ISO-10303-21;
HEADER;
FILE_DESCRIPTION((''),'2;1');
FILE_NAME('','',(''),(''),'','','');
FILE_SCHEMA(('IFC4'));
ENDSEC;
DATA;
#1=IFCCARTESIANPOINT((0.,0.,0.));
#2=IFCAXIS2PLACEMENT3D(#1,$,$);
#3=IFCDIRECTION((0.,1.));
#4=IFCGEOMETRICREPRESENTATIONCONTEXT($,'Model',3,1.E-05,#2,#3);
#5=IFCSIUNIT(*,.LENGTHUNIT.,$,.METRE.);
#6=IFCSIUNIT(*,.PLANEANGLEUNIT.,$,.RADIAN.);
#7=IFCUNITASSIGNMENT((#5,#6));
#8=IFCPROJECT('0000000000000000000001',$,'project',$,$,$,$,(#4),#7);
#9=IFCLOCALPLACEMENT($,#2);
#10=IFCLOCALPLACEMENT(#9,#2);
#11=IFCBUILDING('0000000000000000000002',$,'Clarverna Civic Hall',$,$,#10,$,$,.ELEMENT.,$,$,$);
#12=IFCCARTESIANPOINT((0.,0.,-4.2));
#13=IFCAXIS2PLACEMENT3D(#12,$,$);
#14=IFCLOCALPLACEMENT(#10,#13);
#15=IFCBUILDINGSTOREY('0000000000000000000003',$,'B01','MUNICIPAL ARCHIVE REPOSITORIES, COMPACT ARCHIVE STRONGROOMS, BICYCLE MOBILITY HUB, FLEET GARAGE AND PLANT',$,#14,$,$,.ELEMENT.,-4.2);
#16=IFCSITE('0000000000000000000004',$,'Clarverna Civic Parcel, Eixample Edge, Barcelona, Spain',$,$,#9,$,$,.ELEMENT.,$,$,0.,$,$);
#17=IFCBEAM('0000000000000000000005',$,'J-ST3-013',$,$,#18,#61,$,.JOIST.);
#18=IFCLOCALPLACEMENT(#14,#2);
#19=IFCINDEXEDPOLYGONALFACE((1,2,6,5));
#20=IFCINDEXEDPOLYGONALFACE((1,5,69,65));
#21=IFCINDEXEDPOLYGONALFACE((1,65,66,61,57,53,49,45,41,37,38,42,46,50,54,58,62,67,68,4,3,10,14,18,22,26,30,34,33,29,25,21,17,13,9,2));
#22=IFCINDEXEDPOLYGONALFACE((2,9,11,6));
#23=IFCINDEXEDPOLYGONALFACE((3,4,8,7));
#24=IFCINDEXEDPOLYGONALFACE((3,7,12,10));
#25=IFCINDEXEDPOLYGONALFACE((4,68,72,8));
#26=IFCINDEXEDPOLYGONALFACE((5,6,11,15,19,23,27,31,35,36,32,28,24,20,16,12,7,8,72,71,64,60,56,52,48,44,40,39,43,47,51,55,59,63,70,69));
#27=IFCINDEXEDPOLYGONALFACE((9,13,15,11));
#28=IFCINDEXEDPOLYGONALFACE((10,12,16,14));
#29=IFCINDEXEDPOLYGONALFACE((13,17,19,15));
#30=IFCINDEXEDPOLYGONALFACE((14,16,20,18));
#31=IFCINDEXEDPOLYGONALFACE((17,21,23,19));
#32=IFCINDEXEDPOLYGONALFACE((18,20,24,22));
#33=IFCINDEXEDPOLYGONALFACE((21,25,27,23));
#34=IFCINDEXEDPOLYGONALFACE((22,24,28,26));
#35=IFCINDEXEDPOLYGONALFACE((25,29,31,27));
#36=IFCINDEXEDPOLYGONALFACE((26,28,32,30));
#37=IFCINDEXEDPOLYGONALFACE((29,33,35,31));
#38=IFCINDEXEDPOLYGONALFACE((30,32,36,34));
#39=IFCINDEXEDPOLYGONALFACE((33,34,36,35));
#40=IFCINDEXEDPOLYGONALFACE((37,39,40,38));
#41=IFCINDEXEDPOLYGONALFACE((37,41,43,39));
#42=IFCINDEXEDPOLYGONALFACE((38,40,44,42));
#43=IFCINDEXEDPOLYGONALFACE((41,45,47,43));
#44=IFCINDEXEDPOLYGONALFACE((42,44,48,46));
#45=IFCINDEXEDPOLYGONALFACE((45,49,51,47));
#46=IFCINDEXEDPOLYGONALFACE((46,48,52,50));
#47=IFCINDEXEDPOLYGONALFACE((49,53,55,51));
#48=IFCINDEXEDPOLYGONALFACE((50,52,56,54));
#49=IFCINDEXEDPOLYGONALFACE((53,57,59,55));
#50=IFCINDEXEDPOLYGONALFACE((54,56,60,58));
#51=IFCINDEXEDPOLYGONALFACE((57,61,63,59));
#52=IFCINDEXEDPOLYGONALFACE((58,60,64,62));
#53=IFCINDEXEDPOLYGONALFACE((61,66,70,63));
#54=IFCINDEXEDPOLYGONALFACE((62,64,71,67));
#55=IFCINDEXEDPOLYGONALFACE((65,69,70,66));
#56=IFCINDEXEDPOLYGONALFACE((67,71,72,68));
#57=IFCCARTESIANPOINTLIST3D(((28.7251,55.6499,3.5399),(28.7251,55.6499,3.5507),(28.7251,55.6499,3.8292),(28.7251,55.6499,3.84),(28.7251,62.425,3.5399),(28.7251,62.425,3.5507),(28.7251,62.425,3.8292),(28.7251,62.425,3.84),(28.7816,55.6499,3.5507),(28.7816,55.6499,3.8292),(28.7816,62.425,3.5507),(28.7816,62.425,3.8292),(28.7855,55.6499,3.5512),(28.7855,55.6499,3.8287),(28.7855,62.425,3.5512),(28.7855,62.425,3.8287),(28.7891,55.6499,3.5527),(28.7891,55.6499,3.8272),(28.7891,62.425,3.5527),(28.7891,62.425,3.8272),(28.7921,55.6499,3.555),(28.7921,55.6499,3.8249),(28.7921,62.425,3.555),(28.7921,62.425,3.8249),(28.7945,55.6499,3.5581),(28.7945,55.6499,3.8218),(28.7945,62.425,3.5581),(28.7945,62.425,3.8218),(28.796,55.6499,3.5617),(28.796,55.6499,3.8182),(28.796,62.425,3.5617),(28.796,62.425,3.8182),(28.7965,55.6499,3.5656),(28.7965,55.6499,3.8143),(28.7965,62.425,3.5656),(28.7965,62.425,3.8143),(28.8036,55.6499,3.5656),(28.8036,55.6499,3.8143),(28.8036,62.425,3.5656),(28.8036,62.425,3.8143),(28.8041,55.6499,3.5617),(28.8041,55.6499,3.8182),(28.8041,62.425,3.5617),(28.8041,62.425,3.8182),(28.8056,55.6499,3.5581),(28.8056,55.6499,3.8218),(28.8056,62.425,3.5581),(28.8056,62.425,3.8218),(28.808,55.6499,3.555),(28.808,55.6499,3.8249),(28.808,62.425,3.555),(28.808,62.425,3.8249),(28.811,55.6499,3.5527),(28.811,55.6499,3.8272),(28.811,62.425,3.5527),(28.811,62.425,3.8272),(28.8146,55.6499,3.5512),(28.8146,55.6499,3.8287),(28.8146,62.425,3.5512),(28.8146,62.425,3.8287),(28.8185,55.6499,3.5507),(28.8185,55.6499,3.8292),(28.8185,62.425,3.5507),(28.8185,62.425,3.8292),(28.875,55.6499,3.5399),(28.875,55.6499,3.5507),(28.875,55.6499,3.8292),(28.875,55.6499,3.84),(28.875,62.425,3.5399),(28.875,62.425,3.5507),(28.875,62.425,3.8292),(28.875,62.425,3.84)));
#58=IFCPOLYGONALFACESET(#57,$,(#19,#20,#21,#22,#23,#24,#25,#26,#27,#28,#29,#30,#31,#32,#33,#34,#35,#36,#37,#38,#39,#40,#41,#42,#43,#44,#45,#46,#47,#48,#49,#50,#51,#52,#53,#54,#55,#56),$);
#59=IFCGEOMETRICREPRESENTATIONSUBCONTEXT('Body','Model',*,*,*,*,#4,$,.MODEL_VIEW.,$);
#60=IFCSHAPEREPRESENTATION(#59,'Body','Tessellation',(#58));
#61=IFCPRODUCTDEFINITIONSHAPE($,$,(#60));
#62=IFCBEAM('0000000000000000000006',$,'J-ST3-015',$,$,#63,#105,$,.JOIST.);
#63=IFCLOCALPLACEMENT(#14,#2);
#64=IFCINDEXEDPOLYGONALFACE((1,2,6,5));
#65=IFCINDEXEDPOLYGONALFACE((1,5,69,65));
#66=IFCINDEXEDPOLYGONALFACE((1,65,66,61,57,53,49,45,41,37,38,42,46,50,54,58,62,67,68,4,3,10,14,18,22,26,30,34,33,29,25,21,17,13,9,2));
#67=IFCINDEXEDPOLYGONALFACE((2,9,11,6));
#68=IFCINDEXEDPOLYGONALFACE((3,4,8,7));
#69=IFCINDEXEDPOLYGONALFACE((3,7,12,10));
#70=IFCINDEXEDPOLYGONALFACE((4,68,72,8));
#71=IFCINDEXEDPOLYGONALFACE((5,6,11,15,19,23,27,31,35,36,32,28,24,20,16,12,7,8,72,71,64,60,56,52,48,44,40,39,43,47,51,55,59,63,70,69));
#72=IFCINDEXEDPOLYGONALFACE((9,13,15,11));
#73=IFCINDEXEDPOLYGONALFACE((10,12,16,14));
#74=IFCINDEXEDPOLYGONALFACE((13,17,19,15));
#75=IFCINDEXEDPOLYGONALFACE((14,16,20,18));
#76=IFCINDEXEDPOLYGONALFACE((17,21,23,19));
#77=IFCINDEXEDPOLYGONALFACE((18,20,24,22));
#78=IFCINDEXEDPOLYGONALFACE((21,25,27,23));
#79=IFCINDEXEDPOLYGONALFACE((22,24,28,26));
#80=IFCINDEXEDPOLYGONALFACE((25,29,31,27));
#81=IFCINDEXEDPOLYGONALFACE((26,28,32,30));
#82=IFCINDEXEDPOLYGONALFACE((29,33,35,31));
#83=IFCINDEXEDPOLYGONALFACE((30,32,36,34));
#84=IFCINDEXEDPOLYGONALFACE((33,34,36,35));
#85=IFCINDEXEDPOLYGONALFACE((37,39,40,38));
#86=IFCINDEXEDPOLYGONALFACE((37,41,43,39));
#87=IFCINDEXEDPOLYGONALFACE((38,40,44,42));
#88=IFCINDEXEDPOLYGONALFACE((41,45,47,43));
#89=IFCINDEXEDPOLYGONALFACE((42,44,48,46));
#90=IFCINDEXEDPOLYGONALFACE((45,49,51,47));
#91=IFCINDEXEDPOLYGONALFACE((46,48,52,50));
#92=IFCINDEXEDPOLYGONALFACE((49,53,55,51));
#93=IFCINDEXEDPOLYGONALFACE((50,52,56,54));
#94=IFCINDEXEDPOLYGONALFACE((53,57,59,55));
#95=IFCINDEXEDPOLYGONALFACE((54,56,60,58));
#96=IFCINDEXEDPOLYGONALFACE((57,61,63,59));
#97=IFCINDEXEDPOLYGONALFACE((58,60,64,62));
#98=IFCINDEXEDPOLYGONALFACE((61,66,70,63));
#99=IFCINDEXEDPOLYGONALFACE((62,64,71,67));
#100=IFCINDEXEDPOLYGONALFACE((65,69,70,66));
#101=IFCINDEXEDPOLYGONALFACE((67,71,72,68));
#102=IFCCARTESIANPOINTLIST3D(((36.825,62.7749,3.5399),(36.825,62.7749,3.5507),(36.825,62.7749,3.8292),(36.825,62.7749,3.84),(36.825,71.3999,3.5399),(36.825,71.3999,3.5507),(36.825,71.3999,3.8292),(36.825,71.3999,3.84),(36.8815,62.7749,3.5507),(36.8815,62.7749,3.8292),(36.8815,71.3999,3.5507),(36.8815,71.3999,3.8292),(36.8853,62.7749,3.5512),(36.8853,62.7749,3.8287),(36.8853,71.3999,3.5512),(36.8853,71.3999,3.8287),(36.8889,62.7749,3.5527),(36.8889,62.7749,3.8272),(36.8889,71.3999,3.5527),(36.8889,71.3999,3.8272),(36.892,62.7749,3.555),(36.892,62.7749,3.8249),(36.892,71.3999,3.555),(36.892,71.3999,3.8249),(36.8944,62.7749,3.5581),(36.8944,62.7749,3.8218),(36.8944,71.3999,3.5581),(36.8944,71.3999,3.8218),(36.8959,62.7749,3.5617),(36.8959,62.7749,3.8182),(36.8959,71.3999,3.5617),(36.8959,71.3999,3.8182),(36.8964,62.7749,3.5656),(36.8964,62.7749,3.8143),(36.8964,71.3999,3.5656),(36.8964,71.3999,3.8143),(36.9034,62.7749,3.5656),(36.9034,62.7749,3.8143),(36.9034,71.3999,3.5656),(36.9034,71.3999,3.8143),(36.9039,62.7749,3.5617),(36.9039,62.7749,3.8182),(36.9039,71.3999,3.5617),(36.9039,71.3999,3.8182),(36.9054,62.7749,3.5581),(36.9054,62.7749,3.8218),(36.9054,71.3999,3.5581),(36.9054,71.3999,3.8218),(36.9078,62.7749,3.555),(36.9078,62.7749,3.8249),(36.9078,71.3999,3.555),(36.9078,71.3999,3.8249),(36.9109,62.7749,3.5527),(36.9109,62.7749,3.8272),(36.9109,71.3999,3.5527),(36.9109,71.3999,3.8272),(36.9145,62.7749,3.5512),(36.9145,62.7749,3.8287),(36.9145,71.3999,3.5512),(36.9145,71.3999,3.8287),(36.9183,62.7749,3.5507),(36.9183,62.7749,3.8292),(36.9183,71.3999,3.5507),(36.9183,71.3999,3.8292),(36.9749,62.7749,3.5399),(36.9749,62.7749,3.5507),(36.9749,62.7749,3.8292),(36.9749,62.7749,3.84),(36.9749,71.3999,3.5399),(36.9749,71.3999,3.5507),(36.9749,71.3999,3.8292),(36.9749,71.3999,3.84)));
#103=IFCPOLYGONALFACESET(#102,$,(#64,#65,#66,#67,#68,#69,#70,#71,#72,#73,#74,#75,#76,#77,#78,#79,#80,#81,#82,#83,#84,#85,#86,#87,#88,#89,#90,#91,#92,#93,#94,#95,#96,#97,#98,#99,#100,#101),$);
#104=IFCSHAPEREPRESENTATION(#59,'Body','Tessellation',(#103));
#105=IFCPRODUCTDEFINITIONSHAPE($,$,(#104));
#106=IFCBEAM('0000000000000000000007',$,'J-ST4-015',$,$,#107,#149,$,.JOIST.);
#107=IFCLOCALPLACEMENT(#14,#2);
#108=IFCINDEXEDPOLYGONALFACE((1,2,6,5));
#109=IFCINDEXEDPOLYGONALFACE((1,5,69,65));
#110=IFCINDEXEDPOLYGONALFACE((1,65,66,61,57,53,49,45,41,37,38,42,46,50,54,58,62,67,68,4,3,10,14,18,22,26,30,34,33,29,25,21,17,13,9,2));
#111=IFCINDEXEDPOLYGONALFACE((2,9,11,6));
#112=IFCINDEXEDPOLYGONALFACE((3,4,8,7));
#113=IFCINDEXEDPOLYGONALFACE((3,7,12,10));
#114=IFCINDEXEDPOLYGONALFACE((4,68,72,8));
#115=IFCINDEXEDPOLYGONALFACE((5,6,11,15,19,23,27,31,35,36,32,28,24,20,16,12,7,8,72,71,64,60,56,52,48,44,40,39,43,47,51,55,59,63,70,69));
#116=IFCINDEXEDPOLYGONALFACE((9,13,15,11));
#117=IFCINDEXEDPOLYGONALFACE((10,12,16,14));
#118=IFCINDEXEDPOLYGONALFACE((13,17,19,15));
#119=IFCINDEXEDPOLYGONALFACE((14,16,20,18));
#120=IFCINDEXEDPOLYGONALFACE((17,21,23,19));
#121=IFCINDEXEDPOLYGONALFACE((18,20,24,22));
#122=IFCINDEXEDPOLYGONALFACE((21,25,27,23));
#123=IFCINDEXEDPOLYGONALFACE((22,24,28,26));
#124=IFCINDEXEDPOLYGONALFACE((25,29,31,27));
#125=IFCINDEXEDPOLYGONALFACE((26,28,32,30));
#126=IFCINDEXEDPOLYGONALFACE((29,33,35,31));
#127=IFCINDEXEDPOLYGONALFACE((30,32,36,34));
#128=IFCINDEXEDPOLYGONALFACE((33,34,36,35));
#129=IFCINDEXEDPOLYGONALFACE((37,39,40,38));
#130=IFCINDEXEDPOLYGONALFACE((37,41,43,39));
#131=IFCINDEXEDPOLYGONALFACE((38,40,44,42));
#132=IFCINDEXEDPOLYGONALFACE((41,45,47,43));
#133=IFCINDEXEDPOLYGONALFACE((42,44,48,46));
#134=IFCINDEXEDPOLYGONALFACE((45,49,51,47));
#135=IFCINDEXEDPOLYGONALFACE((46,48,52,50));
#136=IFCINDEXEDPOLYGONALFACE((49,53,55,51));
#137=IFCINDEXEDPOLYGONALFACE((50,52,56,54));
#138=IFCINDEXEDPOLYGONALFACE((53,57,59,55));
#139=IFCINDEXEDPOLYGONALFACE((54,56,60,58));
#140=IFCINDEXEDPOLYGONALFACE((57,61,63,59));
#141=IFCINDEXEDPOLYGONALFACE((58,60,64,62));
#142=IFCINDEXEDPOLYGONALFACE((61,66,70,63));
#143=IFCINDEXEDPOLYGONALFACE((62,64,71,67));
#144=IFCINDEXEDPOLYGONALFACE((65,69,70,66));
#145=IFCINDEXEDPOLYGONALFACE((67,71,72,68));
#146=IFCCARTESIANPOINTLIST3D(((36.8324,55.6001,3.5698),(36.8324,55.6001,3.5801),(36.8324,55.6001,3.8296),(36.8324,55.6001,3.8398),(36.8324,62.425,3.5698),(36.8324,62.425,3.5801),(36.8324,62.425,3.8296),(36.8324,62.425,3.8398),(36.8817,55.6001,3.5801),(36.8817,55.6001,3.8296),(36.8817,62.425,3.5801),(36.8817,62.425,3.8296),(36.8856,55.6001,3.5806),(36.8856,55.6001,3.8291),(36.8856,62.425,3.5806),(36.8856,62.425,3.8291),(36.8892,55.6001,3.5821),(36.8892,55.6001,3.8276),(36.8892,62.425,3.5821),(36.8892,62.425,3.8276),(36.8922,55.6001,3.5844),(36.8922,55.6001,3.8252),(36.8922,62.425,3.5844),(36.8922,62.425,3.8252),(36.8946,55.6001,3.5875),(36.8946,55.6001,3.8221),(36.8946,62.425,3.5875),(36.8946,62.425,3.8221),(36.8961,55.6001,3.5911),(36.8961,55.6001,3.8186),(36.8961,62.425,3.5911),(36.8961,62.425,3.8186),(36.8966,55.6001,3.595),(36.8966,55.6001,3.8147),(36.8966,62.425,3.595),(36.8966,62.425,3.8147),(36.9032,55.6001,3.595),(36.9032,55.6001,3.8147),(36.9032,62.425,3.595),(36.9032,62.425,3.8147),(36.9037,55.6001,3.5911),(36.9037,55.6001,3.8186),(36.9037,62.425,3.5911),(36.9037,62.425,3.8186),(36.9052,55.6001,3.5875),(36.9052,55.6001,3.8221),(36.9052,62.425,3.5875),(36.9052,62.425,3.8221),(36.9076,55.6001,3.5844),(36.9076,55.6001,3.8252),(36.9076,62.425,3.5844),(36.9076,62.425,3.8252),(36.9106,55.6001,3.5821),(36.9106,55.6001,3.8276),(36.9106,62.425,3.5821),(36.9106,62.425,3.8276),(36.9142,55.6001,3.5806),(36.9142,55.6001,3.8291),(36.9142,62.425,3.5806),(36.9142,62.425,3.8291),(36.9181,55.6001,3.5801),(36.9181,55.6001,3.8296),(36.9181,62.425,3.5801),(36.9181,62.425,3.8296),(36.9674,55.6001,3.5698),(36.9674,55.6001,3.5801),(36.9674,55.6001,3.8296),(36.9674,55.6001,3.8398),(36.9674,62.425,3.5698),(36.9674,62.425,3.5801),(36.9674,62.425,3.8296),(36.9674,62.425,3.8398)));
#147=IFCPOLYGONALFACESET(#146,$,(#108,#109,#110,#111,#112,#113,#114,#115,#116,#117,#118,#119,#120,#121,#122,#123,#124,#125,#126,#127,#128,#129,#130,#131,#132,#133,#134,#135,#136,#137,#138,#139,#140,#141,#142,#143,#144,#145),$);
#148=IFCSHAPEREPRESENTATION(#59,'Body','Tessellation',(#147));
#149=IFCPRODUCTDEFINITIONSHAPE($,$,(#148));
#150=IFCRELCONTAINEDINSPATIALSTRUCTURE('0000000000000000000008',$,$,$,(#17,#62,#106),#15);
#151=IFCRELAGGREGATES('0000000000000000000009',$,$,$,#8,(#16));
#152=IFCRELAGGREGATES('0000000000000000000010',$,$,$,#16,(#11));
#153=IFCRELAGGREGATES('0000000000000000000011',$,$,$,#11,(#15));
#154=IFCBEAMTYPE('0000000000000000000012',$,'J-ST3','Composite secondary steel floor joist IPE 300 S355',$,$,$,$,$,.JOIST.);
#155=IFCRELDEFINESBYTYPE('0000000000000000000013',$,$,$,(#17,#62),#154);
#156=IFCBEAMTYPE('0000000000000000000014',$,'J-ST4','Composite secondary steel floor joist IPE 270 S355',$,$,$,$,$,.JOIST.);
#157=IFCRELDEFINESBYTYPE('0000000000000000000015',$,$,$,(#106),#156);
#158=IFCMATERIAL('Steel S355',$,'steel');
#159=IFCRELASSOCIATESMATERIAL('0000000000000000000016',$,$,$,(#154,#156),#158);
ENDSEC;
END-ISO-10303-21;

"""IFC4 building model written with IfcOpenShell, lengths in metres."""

from ifc_helpers import new_model, si_unit, direction, frame, origin, origin_2d, place, context, subcontext, project, spatial, i_section, extrude, material, material_profile, profile_set, type_object, element, save


model = new_model("IFC4")

# Units and contexts
model_context = context("Model", 3, precision=1e-05, world=origin(), true_north=direction((0.0, 1.0)))
body_context = subcontext(model_context, "Body", "Model", "MODEL_VIEW")
ifc_project = project(units=[si_unit("LENGTHUNIT", "METRE"), si_unit("PLANEANGLEUNIT", "RADIAN")], contexts=[model_context])

# Site, building, storey
site_placement = place(None, origin())
site = spatial("IfcSite", under=ifc_project, at=site_placement, Name="Clarverna Civic Parcel, Eixample Edge, Barcelona, Spain", CompositionType="ELEMENT", RefElevation=0.0)
building_placement = place(site_placement, origin())
building = spatial("IfcBuilding", under=site, at=building_placement, Name="Clarverna Civic Hall", CompositionType="ELEMENT")
storey_placement = place(building_placement, frame((0.0, 0.0, -4.2)))
storey = spatial("IfcBuildingStorey", under=building, at=storey_placement, Name="B01", Description="MUNICIPAL ARCHIVE REPOSITORIES, COMPACT ARCHIVE STRONGROOMS, BICYCLE MOBILITY HUB, FLEET GARAGE AND PLANT", CompositionType="ELEMENT", Elevation=-4.2)

# Beams
ifc_material_1 = material(Name="Steel S355", Category="steel")
ifc_material_profile_1 = material_profile(ifc_material_1, i_section(OverallWidth=0.1499, OverallDepth=0.3, WebThickness=0.0071, FlangeThickness=0.0107, FilletRadius=0.0149, at=origin_2d()), Name="IPE 300")
ifc_profile_set_1 = profile_set([ifc_material_profile_1], Name="Steel S355")
beam_type_1 = type_object("IfcBeamType", Name="J-ST3", Description="Composite secondary steel floor joist IPE 300 S355", PredefinedType="JOIST", material=ifc_profile_set_1)
beam_1_placement = place(storey_placement, frame((28.8, 55.6499, 3.6899), z_axis=(0.0, 1.0, 0.0), x_axis=(-1.0, 0.0, 0.0)))
element("IfcBeam", 1, at=beam_1_placement, inside=storey, type_object=beam_type_1, Name="J-ST3-013", PredefinedType="JOIST", context=body_context, shape_type="SweptSolid", body=[
    extrude(i_section(OverallWidth=0.1499, OverallDepth=0.3, WebThickness=0.0071, FlangeThickness=0.0107, FilletRadius=0.0149, at=origin_2d()), origin(), (0.0, 0.0, 1.0), 6.7751),
])
beam_2_placement = place(storey_placement, frame((36.8999, 62.7749, 3.6899), z_axis=(0.0, 1.0, 0.0), x_axis=(-1.0, 0.0, 0.0)))
element("IfcBeam", 2, at=beam_2_placement, inside=storey, type_object=beam_type_1, Name="J-ST3-015", PredefinedType="JOIST", context=body_context, shape_type="SweptSolid", body=[
    extrude(i_section(OverallWidth=0.1499, OverallDepth=0.3, WebThickness=0.0071, FlangeThickness=0.0107, FilletRadius=0.0149, at=origin_2d()), origin(), (0.0, 0.0, 1.0), 8.625),
])
ifc_material_profile_2 = material_profile(ifc_material_1, i_section(OverallWidth=0.135, OverallDepth=0.27, WebThickness=0.0066, FlangeThickness=0.0103, FilletRadius=0.0149, at=origin_2d()), Name="IPE 270")
ifc_profile_set_2 = profile_set([ifc_material_profile_2], Name="Steel S355")
beam_type_2 = type_object("IfcBeamType", Name="J-ST4", Description="Composite secondary steel floor joist IPE 270 S355", PredefinedType="JOIST", material=ifc_profile_set_2)
beam_3_placement = place(storey_placement, frame((36.8999, 55.6001, 3.7048), z_axis=(0.0, 1.0, 0.0), x_axis=(-1.0, 0.0, 0.0)))
element("IfcBeam", 3, at=beam_3_placement, inside=storey, type_object=beam_type_2, Name="J-ST4-015", PredefinedType="JOIST", context=body_context, shape_type="SweptSolid", body=[
    extrude(i_section(OverallWidth=0.135, OverallDepth=0.27, WebThickness=0.0066, FlangeThickness=0.0103, FilletRadius=0.0149, at=origin_2d()), origin(), (0.0, 0.0, 1.0), 6.825),
])

save(model, "model.ifc")
